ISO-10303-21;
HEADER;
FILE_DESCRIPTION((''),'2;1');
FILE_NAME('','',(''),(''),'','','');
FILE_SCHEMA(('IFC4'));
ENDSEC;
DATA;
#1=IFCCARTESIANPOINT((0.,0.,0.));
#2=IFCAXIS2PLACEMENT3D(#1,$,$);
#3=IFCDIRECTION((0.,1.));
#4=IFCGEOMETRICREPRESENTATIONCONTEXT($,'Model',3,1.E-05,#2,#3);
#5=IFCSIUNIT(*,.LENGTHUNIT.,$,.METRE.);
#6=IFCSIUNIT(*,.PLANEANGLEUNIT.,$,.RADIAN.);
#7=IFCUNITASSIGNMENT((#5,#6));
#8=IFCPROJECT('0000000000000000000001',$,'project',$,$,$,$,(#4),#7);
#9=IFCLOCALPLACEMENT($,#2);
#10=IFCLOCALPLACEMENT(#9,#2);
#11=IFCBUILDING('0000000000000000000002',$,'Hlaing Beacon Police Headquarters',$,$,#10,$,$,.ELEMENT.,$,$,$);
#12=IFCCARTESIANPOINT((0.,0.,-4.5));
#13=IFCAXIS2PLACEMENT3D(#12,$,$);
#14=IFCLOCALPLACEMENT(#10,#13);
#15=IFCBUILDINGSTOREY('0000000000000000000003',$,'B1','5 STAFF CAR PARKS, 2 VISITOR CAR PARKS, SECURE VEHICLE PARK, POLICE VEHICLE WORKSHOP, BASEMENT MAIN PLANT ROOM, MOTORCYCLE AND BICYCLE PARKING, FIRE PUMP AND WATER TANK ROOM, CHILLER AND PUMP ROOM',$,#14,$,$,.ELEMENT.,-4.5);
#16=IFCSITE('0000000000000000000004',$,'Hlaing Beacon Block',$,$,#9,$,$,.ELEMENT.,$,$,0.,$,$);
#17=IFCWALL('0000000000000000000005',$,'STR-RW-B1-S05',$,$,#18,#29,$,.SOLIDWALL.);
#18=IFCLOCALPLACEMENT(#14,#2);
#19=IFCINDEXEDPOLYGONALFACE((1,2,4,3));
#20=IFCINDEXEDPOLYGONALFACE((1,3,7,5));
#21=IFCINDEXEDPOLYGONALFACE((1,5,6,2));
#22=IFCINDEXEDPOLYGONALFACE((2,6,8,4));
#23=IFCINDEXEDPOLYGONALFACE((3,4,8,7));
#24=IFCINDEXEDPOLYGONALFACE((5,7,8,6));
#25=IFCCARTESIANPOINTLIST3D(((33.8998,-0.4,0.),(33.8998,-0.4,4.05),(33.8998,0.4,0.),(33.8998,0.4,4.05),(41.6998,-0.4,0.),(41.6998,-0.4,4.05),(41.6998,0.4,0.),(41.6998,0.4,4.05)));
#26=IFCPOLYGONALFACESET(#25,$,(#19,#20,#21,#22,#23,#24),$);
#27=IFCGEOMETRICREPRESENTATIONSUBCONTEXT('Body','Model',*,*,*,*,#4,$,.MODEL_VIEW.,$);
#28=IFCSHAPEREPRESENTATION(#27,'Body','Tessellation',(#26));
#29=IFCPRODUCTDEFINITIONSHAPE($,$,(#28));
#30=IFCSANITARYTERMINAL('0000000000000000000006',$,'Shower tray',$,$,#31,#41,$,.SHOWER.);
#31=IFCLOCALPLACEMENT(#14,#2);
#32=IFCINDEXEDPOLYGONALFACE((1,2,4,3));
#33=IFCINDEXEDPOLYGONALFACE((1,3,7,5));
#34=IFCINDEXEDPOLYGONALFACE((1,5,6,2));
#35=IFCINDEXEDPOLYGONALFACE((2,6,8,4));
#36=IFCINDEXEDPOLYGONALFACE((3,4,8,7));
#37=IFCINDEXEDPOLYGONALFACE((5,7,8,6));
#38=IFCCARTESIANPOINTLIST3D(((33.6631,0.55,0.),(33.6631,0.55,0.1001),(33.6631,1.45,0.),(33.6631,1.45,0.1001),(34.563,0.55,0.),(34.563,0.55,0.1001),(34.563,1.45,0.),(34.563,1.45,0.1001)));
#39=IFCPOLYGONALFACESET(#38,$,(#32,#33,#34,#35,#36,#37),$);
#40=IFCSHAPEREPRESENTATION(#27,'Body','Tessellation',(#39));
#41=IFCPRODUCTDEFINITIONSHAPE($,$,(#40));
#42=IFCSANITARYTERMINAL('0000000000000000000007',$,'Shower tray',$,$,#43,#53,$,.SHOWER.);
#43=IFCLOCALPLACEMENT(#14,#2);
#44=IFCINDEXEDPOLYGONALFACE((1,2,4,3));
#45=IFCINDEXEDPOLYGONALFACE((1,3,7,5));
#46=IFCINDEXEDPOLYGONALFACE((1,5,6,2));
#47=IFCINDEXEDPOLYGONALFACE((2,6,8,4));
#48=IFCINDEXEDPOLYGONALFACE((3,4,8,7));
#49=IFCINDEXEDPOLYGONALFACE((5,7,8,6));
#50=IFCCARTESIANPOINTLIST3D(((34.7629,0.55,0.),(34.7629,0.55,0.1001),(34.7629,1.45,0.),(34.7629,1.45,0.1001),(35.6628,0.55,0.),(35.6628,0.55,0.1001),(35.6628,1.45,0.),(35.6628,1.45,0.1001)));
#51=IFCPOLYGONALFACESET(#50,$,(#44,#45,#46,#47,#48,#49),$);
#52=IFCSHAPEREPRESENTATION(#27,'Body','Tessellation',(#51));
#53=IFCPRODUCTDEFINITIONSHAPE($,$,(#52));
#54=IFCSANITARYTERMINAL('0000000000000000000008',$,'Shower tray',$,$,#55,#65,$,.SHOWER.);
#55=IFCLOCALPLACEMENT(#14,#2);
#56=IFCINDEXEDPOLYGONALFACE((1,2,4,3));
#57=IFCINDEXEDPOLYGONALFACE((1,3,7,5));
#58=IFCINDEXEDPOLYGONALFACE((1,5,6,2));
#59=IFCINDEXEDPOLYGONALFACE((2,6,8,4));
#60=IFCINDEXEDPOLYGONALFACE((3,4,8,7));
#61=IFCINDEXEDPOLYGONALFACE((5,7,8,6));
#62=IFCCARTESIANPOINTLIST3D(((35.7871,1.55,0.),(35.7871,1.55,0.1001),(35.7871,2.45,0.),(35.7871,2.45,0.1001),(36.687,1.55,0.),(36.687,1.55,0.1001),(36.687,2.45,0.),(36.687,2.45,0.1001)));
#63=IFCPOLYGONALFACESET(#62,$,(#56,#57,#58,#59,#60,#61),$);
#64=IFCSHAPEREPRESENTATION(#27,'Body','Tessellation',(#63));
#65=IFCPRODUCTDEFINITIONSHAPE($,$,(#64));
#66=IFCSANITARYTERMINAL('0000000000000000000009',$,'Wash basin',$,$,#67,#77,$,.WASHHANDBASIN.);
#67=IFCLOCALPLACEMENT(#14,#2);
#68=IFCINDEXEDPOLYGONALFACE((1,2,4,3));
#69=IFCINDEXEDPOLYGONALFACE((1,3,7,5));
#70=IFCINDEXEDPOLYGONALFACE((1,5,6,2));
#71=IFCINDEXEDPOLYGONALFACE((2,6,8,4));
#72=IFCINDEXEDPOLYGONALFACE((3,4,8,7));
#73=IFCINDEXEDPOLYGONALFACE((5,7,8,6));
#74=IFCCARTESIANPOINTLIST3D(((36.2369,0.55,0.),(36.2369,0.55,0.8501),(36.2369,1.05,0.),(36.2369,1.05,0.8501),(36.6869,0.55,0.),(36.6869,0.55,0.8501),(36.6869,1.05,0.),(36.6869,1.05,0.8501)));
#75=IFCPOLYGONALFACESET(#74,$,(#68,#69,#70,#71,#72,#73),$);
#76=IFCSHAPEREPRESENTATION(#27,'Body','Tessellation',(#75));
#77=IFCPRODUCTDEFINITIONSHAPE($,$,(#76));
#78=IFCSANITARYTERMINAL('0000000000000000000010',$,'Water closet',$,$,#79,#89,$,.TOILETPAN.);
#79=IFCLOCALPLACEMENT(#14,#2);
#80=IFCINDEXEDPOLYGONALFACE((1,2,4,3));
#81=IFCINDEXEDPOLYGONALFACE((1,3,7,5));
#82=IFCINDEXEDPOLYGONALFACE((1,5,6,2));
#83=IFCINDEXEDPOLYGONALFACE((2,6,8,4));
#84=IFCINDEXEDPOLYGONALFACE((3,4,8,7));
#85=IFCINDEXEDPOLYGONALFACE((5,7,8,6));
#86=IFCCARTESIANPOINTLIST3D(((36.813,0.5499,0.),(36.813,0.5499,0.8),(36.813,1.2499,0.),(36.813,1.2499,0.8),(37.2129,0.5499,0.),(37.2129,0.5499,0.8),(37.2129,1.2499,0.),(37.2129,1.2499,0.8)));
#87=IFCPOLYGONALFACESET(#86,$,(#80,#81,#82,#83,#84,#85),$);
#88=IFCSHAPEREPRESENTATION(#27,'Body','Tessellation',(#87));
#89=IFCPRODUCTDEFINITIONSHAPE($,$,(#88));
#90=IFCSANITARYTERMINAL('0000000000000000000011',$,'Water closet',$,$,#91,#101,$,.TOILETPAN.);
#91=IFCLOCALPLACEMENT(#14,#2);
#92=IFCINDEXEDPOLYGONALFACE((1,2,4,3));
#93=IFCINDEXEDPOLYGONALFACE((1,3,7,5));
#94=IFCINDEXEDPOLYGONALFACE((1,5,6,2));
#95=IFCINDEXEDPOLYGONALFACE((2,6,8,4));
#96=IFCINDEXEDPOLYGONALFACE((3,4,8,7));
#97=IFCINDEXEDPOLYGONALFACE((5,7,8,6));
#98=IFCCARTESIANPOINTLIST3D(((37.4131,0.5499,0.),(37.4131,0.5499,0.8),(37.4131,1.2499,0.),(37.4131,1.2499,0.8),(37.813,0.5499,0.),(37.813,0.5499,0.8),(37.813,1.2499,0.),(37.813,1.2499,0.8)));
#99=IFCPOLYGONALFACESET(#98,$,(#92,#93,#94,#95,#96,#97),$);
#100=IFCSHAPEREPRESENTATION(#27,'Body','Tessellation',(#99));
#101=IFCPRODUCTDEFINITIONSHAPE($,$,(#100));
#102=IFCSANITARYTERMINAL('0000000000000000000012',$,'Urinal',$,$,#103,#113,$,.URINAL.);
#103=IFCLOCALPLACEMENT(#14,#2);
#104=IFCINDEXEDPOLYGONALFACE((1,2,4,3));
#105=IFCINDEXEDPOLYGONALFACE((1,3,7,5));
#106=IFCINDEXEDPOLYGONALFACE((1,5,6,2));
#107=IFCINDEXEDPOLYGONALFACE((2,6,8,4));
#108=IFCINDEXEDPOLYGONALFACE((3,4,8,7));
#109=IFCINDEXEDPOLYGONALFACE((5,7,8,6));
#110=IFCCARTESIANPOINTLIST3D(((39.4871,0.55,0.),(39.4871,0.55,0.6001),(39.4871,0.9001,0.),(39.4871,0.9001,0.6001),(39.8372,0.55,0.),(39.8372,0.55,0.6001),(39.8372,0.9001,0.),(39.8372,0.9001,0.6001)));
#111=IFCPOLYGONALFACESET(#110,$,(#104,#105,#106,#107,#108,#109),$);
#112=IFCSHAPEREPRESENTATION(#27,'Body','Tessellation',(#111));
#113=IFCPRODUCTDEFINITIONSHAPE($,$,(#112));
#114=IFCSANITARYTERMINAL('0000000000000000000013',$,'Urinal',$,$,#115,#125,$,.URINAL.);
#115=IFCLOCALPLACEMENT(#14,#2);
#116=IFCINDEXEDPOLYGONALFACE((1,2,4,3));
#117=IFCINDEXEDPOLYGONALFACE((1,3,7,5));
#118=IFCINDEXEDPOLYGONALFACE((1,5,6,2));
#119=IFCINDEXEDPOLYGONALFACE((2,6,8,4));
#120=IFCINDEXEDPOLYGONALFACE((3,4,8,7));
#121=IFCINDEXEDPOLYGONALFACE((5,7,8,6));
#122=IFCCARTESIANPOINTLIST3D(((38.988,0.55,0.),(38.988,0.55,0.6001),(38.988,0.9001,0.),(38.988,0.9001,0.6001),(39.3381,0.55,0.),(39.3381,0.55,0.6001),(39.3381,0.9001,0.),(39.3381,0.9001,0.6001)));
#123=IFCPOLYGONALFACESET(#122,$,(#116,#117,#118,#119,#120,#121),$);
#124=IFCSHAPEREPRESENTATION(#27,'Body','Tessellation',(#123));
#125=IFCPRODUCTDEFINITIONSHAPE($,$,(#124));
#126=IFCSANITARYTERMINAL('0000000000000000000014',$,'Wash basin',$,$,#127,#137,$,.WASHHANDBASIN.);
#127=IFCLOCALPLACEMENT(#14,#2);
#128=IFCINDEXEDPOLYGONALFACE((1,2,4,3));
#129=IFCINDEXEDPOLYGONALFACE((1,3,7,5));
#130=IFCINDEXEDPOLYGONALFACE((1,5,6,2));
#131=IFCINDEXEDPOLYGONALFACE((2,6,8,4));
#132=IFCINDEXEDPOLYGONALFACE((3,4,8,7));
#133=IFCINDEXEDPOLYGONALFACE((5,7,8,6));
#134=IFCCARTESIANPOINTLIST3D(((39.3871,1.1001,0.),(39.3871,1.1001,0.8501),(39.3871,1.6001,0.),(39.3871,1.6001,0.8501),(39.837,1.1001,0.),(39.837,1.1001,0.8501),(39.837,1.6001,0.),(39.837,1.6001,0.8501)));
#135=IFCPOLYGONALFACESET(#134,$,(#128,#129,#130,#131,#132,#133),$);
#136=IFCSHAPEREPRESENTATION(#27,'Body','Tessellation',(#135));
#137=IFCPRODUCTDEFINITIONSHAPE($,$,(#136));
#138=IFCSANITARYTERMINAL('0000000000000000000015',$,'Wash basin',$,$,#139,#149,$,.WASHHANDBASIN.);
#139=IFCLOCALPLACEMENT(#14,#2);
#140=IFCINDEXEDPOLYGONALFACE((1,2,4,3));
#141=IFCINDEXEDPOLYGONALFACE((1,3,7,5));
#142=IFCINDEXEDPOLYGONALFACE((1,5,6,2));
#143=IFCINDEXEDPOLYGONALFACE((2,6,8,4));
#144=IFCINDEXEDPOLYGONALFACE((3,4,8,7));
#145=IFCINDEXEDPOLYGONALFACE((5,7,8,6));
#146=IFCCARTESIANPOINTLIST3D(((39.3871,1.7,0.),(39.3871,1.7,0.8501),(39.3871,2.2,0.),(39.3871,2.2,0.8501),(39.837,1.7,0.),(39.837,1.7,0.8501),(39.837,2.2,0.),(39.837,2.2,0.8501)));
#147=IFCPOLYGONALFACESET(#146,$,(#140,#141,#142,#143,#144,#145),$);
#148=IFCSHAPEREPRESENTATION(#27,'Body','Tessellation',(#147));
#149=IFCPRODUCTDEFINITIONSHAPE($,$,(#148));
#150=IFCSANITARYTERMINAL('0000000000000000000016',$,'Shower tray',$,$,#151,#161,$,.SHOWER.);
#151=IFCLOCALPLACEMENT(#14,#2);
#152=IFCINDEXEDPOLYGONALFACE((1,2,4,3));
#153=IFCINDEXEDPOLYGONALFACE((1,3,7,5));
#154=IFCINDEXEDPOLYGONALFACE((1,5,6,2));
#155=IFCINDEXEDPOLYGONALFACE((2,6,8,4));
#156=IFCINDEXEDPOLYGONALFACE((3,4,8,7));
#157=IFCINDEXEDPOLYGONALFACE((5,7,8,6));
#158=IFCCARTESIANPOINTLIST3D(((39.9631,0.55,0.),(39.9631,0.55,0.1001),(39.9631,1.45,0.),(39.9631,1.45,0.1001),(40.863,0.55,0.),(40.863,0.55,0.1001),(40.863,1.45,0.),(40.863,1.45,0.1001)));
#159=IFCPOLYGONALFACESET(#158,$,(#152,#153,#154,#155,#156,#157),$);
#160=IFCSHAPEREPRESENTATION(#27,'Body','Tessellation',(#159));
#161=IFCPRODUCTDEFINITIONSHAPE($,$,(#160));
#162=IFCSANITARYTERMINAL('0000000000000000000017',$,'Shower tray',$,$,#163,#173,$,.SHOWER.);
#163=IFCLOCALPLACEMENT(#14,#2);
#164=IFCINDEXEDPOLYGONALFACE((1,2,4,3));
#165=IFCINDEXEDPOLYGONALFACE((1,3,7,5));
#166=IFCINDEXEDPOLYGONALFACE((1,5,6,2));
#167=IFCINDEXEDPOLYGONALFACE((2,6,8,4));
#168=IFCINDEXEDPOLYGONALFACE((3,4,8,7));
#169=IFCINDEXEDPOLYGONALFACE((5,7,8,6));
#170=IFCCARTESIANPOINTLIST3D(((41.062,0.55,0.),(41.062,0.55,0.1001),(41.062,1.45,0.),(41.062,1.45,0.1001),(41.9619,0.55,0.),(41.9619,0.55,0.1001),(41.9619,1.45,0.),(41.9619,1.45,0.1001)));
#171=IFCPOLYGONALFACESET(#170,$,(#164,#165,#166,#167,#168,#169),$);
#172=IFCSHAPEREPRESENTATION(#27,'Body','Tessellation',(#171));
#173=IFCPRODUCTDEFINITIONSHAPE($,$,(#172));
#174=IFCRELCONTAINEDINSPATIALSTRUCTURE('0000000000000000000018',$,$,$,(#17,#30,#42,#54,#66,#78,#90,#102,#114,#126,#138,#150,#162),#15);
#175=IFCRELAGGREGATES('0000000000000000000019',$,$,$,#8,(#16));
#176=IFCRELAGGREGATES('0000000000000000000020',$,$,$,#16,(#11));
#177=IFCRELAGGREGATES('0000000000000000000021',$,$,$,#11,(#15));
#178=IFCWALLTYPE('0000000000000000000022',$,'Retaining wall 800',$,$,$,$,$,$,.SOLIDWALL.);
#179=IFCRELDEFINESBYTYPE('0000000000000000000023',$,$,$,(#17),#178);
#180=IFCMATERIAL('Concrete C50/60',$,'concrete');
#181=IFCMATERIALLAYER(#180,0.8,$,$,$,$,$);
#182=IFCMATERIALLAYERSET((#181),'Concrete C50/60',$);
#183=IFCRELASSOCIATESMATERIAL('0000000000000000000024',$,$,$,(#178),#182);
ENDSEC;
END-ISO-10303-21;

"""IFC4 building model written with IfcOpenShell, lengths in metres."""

from ifc_helpers import new_model, si_unit, direction, frame, frame_2d, origin, origin_2d, place, context, subcontext, project, spatial, rectangle, extrude, material, layer, layer_set, type_object, element, save


model = new_model("IFC4")

# Units and contexts
model_context = context("Model", 3, precision=1e-05, world=origin(), true_north=direction((0.0, 1.0)))
body_context = subcontext(model_context, "Body", "Model", "MODEL_VIEW")
ifc_project = project(units=[si_unit("LENGTHUNIT", "METRE"), si_unit("PLANEANGLEUNIT", "RADIAN")], contexts=[model_context])

# Site, building, storey
site_placement = place(None, origin())
site = spatial("IfcSite", under=ifc_project, at=site_placement, Name="Hlaing Beacon Block", CompositionType="ELEMENT", RefElevation=0.0)
building_placement = place(site_placement, origin())
building = spatial("IfcBuilding", under=site, at=building_placement, Name="Hlaing Beacon Police Headquarters", CompositionType="ELEMENT")
storey_placement = place(building_placement, frame((0.0, 0.0, -4.5)))
storey = spatial("IfcBuildingStorey", under=building, at=storey_placement, Name="B1", Description="5 STAFF CAR PARKS, 2 VISITOR CAR PARKS, SECURE VEHICLE PARK, POLICE VEHICLE WORKSHOP, BASEMENT MAIN PLANT ROOM, MOTORCYCLE AND BICYCLE PARKING, FIRE PUMP AND WATER TANK ROOM, CHILLER AND PUMP ROOM", CompositionType="ELEMENT", Elevation=-4.5)

# Wall
ifc_material_1 = material(Name="Concrete C50/60", Category="concrete")
ifc_layer_1 = layer(ifc_material_1, 0.8)
ifc_layer_set_1 = layer_set([ifc_layer_1], Name="Concrete C50/60")
wall_type_1 = type_object("IfcWallType", Name="Retaining wall 800", PredefinedType="SOLIDWALL", material=ifc_layer_set_1)
wall_1_placement = place(storey_placement, frame((33.8999, 0.0, 0.0), z_axis=(0.0, 0.0, 1.0), x_axis=(1.0, 0.0, 0.0)))
element("IfcWall", 1, at=wall_1_placement, inside=storey, type_object=wall_type_1, Name="STR-RW-B1-S05", PredefinedType="SOLIDWALL", context=body_context, shape_type="SweptSolid", body=[
    extrude(rectangle(XDim=7.8, YDim=0.8, at=frame_2d((3.8999, 0.0))), origin(), (0.0, 0.0, 1.0), 4.05),
])

# Sanitary terminals
for number, where, z_axis, x_axis, name in (
    (2, (34.113, 1.0, 0.0), (0.0, 0.0, 1.0), (1.0, 0.0, 0.0), "Shower tray"),
    (3, (35.2129, 1.0, 0.0), (0.0, 0.0, 1.0), (1.0, 0.0, 0.0), "Shower tray"),
    (4, (36.2371, 2.0, 0.0), (0.0, 0.0, 1.0), (1.0, 0.0, 0.0), "Shower tray"),
):
    element("IfcSanitaryTerminal", number, at=place(storey_placement, frame(where, z_axis=z_axis, x_axis=x_axis)), inside=storey, Name=name, PredefinedType="SHOWER", context=body_context, shape_type="SweptSolid", body=[
        extrude(rectangle(XDim=0.8999, YDim=0.8999, at=origin_2d()), origin(), (0.0, 0.0, 1.0), 0.1001),
    ])
sanitary_terminal_placement = place(storey_placement, frame((36.4619, 0.8, 0.0), z_axis=(0.0, 0.0, 1.0), x_axis=(1.0, 0.0, 0.0)))
element("IfcSanitaryTerminal", 5, at=sanitary_terminal_placement, inside=storey, Name="Wash basin", PredefinedType="WASHHANDBASIN", context=body_context, shape_type="SweptSolid", body=[
    extrude(rectangle(XDim=0.45, YDim=0.5, at=origin_2d()), origin(), (0.0, 0.0, 1.0), 0.8501),
])
for number, where, z_axis, x_axis, name in (
    (6, (37.0129, 0.8999, 0.0), (0.0, 0.0, 1.0), (1.0, 0.0, 0.0), "Water closet"),
    (7, (37.613, 0.8999, 0.0), (0.0, 0.0, 1.0), (1.0, 0.0, 0.0), "Water closet"),
):
    element("IfcSanitaryTerminal", number, at=place(storey_placement, frame(where, z_axis=z_axis, x_axis=x_axis)), inside=storey, Name=name, PredefinedType="TOILETPAN", context=body_context, shape_type="SweptSolid", body=[
        extrude(rectangle(XDim=0.3999, YDim=0.7, at=origin_2d()), origin(), (0.0, 0.0, 1.0), 0.8),
    ])
for number, where, z_axis, x_axis, name in (
    (8, (39.6621, 0.7251, 0.0), (0.0, 0.0, 1.0), (1.0, 0.0, 0.0), "Urinal"),
    (9, (39.1631, 0.7251, 0.0), (0.0, 0.0, 1.0), (1.0, 0.0, 0.0), "Urinal"),
):
    element("IfcSanitaryTerminal", number, at=place(storey_placement, frame(where, z_axis=z_axis, x_axis=x_axis)), inside=storey, Name=name, PredefinedType="URINAL", context=body_context, shape_type="SweptSolid", body=[
        extrude(rectangle(XDim=0.3501, YDim=0.3501, at=origin_2d()), origin(), (0.0, 0.0, 1.0), 0.6001),
    ])
for number, where, z_axis, x_axis, name in (
    (10, (39.6121, 1.3501, 0.0), (0.0, 0.0, 1.0), (1.0, 0.0, 0.0), "Wash basin"),
    (11, (39.6121, 1.95, 0.0), (0.0, 0.0, 1.0), (1.0, 0.0, 0.0), "Wash basin"),
):
    element("IfcSanitaryTerminal", number, at=place(storey_placement, frame(where, z_axis=z_axis, x_axis=x_axis)), inside=storey, Name=name, PredefinedType="WASHHANDBASIN", context=body_context, shape_type="SweptSolid", body=[
        extrude(rectangle(XDim=0.45, YDim=0.5, at=origin_2d()), origin(), (0.0, 0.0, 1.0), 0.8501),
    ])
for number, where, z_axis, x_axis, name in (
    (12, (40.4131, 1.0, 0.0), (0.0, 0.0, 1.0), (1.0, 0.0, 0.0), "Shower tray"),
    (13, (41.512, 1.0, 0.0), (0.0, 0.0, 1.0), (1.0, 0.0, 0.0), "Shower tray"),
):
    element("IfcSanitaryTerminal", number, at=place(storey_placement, frame(where, z_axis=z_axis, x_axis=x_axis)), inside=storey, Name=name, PredefinedType="SHOWER", context=body_context, shape_type="SweptSolid", body=[
        extrude(rectangle(XDim=0.8999, YDim=0.8999, at=origin_2d()), origin(), (0.0, 0.0, 1.0), 0.1001),
    ])

save(model, "model.ifc")
